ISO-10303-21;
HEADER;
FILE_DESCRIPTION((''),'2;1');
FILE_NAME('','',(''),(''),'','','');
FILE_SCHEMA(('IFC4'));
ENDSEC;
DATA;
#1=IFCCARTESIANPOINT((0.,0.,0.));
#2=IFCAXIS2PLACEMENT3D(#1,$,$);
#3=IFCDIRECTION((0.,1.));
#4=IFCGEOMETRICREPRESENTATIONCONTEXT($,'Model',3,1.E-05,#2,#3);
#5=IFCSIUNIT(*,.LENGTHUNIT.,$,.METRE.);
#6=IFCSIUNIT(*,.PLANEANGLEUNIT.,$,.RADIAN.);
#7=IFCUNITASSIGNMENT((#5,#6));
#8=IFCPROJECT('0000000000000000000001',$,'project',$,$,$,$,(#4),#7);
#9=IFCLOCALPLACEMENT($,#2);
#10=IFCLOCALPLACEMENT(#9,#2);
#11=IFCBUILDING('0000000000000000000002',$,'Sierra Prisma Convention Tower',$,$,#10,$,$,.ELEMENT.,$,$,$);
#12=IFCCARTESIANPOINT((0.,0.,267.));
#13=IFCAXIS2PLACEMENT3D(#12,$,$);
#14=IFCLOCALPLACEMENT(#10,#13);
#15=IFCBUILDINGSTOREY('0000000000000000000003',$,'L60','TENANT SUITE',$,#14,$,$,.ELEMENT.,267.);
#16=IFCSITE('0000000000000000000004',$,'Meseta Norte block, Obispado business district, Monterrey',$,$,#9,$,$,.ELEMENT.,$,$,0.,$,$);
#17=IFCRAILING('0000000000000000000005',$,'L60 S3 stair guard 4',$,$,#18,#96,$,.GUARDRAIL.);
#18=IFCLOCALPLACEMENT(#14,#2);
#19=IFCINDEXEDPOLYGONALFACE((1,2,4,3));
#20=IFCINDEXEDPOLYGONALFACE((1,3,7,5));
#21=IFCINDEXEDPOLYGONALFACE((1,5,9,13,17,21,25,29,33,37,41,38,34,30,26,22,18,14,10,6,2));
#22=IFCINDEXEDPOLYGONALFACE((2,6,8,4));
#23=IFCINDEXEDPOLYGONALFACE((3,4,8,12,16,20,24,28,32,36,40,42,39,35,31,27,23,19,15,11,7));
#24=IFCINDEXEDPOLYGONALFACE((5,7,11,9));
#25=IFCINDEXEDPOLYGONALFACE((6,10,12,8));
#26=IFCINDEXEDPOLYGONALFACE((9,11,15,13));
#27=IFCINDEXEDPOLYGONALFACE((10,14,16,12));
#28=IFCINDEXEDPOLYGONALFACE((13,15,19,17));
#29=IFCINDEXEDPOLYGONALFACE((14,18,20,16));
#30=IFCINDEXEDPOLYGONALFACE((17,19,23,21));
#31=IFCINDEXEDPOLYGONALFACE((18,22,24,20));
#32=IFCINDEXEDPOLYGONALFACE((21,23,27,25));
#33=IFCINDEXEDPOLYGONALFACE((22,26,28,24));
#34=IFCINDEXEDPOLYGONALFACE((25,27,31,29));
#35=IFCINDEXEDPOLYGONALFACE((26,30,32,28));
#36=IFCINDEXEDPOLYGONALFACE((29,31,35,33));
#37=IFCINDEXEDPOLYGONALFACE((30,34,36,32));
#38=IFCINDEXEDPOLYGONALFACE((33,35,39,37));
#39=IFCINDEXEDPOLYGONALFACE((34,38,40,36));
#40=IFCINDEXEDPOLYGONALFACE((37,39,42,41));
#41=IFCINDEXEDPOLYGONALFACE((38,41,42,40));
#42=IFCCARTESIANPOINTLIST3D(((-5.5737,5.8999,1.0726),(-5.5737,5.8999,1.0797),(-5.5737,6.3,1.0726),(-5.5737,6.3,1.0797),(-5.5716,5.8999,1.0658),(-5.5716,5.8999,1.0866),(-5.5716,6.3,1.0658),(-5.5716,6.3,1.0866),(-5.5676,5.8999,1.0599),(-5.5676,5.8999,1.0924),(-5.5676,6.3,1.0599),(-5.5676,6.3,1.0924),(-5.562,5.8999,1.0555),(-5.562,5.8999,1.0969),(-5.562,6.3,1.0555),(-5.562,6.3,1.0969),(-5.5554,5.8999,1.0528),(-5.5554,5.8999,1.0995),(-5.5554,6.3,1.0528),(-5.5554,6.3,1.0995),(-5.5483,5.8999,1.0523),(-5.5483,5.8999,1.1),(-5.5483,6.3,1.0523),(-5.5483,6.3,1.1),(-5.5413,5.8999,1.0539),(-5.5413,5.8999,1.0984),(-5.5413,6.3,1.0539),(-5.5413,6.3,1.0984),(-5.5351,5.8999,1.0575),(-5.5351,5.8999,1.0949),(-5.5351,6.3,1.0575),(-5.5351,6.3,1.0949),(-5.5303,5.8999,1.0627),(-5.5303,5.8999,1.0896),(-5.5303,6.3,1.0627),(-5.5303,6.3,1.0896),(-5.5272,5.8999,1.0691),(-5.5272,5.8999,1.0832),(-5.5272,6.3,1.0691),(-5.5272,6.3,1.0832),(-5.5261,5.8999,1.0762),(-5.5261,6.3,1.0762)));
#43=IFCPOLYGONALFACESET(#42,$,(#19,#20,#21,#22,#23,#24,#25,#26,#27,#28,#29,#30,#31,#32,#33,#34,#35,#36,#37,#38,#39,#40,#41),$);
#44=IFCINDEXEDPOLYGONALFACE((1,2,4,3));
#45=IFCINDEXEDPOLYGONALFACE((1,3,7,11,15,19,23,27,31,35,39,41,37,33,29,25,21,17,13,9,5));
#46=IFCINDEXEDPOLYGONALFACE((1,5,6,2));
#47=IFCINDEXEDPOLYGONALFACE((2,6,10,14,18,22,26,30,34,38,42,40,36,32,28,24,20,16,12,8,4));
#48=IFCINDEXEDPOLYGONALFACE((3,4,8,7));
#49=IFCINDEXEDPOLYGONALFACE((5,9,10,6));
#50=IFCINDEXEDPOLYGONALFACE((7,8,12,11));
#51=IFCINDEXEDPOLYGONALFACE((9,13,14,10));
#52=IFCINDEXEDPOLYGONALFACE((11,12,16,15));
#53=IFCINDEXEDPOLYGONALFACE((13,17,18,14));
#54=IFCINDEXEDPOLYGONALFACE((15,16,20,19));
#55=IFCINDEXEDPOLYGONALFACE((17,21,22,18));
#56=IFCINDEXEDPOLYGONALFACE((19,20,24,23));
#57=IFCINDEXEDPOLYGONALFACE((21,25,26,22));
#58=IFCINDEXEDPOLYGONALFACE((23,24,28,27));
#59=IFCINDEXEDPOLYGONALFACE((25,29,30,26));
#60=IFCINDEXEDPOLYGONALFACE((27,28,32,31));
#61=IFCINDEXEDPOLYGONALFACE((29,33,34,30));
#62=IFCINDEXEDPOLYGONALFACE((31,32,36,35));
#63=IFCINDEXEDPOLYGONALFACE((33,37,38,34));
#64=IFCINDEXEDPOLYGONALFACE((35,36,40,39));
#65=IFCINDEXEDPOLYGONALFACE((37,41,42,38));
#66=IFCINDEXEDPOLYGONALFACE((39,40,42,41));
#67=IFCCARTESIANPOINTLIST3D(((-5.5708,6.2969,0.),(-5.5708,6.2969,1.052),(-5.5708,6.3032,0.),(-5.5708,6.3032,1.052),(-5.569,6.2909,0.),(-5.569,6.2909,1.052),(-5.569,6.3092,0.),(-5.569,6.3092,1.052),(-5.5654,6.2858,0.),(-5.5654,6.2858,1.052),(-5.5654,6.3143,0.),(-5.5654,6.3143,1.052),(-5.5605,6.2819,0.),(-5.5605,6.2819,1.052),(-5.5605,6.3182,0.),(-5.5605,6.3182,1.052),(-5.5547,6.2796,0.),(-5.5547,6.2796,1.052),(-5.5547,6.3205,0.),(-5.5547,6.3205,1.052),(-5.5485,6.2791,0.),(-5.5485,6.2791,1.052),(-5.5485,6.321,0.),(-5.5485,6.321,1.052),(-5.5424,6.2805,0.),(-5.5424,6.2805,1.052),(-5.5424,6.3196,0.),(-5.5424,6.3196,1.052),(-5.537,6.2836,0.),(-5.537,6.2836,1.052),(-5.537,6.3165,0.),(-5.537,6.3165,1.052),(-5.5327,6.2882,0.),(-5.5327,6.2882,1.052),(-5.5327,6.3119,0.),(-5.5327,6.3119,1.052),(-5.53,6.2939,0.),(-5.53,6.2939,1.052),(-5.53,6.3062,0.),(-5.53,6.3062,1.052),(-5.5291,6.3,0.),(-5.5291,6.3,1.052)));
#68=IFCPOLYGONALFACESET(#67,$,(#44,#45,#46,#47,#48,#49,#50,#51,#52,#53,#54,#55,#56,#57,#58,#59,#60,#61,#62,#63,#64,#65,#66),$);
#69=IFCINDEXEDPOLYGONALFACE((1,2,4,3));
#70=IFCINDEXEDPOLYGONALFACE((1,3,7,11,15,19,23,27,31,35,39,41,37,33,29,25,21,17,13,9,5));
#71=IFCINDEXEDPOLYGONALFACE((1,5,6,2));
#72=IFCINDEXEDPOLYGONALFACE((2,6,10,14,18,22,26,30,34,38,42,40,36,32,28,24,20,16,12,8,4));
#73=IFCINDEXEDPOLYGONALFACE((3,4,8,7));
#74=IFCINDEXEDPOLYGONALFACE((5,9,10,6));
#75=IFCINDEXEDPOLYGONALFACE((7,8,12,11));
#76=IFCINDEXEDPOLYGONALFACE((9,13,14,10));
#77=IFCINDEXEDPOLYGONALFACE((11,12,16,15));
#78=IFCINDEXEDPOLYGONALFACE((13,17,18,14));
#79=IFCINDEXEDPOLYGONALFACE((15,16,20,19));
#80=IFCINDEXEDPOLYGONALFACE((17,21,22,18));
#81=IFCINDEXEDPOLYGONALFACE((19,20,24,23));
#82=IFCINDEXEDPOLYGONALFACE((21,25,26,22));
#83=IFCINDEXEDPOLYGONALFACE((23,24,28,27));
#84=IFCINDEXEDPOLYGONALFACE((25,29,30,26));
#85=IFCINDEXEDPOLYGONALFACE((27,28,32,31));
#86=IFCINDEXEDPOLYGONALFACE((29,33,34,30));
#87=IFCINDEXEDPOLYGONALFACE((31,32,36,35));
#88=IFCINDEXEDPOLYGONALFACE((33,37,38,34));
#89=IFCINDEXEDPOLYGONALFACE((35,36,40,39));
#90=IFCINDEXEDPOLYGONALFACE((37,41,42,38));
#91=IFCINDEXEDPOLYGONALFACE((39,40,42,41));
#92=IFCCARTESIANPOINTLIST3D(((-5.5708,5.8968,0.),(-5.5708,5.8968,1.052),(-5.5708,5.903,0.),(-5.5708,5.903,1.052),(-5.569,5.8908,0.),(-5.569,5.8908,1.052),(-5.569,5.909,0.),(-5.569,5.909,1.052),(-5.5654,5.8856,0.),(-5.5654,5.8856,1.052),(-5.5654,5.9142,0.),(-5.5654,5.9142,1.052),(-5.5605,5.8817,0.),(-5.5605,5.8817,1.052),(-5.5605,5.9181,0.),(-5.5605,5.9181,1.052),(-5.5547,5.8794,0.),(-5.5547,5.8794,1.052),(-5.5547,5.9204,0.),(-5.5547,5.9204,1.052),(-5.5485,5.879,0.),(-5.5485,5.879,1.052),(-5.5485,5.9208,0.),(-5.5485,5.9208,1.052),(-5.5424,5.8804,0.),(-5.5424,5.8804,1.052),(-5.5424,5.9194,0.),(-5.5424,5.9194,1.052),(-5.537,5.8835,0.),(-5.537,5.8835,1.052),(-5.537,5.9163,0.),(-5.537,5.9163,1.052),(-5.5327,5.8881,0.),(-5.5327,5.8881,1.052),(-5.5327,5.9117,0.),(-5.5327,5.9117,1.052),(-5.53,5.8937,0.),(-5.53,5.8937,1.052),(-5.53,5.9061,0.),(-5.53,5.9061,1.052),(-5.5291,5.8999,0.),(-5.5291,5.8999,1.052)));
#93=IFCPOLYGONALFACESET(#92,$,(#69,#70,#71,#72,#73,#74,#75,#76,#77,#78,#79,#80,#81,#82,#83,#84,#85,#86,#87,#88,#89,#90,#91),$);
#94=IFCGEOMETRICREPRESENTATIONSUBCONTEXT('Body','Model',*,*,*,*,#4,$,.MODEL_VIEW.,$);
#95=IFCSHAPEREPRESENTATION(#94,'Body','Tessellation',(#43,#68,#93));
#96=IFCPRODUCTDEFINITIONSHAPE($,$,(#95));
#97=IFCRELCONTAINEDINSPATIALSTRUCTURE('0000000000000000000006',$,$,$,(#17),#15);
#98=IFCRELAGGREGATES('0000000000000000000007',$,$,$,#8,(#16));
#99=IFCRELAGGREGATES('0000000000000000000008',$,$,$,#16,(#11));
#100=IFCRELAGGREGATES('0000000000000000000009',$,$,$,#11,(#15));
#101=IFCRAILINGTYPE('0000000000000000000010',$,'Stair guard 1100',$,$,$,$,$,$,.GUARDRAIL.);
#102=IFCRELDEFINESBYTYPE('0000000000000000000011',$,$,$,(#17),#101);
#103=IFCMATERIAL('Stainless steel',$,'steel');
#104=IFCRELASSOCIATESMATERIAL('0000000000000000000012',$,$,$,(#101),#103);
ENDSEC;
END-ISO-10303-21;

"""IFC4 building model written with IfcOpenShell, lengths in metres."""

from ifc_helpers import new_model, si_unit, direction, frame, origin, origin_2d, place, context, subcontext, project, spatial, circle, extrude, material, type_object, element, save


model = new_model("IFC4")

# Units and contexts
model_context = context("Model", 3, precision=1e-05, world=origin(), true_north=direction((0.0, 1.0)))
body_context = subcontext(model_context, "Body", "Model", "MODEL_VIEW")
ifc_project = project(units=[si_unit("LENGTHUNIT", "METRE"), si_unit("PLANEANGLEUNIT", "RADIAN")], contexts=[model_context])

# Site, building, storey
site_placement = place(None, origin())
site = spatial("IfcSite", under=ifc_project, at=site_placement, Name="Meseta Norte block, Obispado business district, Monterrey", CompositionType="ELEMENT", RefElevation=0.0)
building_placement = place(site_placement, origin())
building = spatial("IfcBuilding", under=site, at=building_placement, Name="Sierra Prisma Convention Tower", CompositionType="ELEMENT")
storey_placement = place(building_placement, frame((0.0, 0.0, 267.0)))
storey = spatial("IfcBuildingStorey", under=building, at=storey_placement, Name="L60", Description="TENANT SUITE", CompositionType="ELEMENT", Elevation=267.0)

# Railing
ifc_material_1 = material(Name="Stainless steel", Category="steel")
railing_type_1 = type_object("IfcRailingType", Name="Stair guard 1100", PredefinedType="GUARDRAIL", material=ifc_material_1)
railing_1_placement = place(storey_placement, frame((-5.55, 6.3, 0.0)))
element("IfcRailing", 1, at=railing_1_placement, inside=storey, type_object=railing_type_1, Name="L60 S3 stair guard 4", PredefinedType="GUARDRAIL", context=body_context, shape_type="SweptSolid", body=[
    extrude(circle(Radius=0.0239, at=origin_2d()), frame((0.0, 0.0, 1.0762), z_axis=(0.0, -1.0, 0.0), x_axis=(1.0, 0.0, 0.0)), (0.0, 0.0, 1.0), 0.4001),
    extrude(circle(Radius=0.021, at=origin_2d()), origin(), (0.0, 0.0, 1.0), 1.052),
    extrude(circle(Radius=0.021, at=origin_2d()), frame((0.0, -0.4001, 0.0)), (0.0, 0.0, 1.0), 1.052),
])

save(model, "model.ifc")
